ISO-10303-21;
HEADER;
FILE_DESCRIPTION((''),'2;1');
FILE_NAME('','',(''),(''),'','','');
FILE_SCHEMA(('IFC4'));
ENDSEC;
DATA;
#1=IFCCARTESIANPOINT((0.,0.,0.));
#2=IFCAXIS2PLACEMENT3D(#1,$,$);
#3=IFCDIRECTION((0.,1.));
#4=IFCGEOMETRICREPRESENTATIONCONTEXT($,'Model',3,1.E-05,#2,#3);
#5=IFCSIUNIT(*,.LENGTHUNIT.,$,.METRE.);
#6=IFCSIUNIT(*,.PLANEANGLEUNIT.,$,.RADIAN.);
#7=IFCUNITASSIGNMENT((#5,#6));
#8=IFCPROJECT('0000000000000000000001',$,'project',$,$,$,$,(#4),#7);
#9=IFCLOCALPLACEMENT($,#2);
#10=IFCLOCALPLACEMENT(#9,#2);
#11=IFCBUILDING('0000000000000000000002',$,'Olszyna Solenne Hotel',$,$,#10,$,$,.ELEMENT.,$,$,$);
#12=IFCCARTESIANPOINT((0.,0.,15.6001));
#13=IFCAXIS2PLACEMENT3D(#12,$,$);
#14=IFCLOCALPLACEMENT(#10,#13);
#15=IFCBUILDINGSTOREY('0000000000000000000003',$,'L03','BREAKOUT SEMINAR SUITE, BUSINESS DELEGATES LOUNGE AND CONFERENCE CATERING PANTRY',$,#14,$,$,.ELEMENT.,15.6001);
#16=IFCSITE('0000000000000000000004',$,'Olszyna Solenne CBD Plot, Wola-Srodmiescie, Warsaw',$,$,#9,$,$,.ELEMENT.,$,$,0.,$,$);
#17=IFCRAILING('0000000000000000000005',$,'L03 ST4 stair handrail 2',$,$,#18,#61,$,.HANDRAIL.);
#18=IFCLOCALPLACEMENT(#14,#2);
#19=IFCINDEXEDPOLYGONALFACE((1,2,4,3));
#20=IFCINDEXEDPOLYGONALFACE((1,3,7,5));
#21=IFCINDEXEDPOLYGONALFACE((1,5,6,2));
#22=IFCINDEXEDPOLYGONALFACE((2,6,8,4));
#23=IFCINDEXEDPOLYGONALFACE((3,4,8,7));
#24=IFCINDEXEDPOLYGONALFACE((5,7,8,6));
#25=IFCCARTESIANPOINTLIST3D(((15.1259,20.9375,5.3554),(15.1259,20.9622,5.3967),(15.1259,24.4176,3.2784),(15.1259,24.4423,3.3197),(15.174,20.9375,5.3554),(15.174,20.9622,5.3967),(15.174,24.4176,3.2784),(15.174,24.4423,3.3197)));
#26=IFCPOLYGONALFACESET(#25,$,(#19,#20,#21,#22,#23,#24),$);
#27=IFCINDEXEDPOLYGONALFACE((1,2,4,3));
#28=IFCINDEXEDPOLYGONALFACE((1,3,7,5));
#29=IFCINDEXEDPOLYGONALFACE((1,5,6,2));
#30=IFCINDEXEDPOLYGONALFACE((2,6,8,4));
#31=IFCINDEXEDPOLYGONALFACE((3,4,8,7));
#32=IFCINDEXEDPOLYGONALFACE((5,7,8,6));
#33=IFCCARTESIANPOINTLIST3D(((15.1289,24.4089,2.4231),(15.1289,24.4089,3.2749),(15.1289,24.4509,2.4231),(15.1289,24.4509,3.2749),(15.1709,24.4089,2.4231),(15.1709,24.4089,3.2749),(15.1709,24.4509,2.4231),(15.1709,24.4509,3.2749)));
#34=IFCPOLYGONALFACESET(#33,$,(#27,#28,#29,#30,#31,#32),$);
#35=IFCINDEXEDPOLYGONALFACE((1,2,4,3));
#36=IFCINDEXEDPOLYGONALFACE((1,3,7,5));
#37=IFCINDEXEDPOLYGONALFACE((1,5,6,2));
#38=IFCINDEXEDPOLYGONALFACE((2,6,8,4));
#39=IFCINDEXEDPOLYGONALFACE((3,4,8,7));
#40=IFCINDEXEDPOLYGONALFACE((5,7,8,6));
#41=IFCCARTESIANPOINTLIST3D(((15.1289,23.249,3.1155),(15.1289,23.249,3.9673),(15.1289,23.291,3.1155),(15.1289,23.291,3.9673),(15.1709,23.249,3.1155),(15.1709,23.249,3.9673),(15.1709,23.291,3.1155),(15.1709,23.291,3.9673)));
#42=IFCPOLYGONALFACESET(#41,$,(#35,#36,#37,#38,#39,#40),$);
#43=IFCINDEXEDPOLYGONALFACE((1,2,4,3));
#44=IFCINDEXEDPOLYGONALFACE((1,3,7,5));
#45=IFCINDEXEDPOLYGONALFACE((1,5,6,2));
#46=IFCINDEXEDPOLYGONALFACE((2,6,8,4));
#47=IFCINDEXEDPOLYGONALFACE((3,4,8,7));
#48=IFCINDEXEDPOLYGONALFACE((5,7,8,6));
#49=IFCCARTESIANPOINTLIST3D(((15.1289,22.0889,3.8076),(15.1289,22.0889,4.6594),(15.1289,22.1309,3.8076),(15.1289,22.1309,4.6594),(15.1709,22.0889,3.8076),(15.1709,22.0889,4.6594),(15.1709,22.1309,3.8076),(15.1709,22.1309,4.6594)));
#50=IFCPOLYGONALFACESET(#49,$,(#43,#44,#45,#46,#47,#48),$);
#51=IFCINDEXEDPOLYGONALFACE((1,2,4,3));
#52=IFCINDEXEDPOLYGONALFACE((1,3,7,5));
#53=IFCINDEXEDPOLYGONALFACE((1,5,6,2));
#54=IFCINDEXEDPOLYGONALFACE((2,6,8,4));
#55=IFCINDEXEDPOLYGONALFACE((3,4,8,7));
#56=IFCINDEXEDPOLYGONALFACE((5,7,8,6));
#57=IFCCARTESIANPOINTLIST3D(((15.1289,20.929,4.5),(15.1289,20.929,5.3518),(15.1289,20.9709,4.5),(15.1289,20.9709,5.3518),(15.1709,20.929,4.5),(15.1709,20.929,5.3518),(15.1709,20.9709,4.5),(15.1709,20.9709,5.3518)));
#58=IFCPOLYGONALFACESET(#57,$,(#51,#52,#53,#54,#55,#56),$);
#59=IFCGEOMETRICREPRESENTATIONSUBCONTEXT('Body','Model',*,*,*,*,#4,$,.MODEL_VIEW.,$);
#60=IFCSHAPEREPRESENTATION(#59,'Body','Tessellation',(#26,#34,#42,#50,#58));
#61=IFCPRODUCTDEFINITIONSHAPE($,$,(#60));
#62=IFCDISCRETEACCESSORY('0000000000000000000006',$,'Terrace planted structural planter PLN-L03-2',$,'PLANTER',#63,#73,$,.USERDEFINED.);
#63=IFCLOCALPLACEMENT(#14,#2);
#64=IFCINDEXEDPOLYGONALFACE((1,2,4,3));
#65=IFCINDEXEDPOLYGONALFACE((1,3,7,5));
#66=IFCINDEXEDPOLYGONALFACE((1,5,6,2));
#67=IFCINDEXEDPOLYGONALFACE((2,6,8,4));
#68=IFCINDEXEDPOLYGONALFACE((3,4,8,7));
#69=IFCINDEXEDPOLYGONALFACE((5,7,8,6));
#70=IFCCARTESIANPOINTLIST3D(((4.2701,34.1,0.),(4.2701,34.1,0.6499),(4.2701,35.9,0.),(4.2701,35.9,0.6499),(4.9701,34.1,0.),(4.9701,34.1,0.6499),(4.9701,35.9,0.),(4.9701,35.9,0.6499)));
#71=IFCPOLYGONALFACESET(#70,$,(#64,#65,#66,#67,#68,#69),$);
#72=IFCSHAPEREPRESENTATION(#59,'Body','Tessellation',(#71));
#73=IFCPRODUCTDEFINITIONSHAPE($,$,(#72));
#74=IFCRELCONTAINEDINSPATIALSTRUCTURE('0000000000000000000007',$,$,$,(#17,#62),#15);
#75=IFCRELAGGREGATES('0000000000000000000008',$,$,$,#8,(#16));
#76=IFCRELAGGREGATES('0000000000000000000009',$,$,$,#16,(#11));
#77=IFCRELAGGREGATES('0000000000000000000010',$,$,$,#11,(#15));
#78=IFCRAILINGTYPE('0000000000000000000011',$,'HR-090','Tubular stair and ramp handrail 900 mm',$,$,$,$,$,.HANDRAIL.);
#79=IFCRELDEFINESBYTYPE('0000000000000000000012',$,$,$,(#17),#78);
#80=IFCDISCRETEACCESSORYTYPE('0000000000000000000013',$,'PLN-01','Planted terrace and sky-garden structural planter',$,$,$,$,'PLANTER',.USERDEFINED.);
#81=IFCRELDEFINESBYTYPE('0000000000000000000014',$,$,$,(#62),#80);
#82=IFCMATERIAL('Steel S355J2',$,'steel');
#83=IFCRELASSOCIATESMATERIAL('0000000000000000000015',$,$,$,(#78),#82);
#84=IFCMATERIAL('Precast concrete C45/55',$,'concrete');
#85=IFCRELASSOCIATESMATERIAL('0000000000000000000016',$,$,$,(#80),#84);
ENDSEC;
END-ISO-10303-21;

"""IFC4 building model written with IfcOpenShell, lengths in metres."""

from ifc_helpers import new_model, si_unit, direction, frame, origin, origin_2d, place, context, subcontext, project, spatial, rectangle, extrude, source, transform, mapped, material, type_object, element, save


model = new_model("IFC4")

# Units and contexts
model_context = context("Model", 3, precision=1e-05, world=origin(), true_north=direction((0.0, 1.0)))
body_context = subcontext(model_context, "Body", "Model", "MODEL_VIEW")
ifc_project = project(units=[si_unit("LENGTHUNIT", "METRE"), si_unit("PLANEANGLEUNIT", "RADIAN")], contexts=[model_context])

# Site, building, storey
site_placement = place(None, origin())
site = spatial("IfcSite", under=ifc_project, at=site_placement, Name="Olszyna Solenne CBD Plot, Wola-Srodmiescie, Warsaw", CompositionType="ELEMENT", RefElevation=0.0)
building_placement = place(site_placement, origin())
building = spatial("IfcBuilding", under=site, at=building_placement, Name="Olszyna Solenne Hotel", CompositionType="ELEMENT")
storey_placement = place(building_placement, frame((0.0, 0.0, 15.6001)))
storey = spatial("IfcBuildingStorey", under=building, at=storey_placement, Name="L03", Description="BREAKOUT SEMINAR SUITE, BUSINESS DELEGATES LOUNGE AND CONFERENCE CATERING PANTRY", CompositionType="ELEMENT", Elevation=15.6001)

# Shared definitions
ifc_material_1 = material(Name="Steel S355J2", Category="steel")

# Railing
railing_type_1 = type_object("IfcRailingType", Name="HR-090", Description="Tubular stair and ramp handrail 900 mm", PredefinedType="HANDRAIL", material=ifc_material_1)
railing_1_placement = place(storey_placement, frame((15.1499, 24.4299, 2.4231)))
element("IfcRailing", 1, at=railing_1_placement, inside=storey, type_object=railing_type_1, Name="L03 ST4 stair handrail 2", PredefinedType="HANDRAIL", context=body_context, shape_type="SweptSolid", body=[
    extrude(rectangle(XDim=0.0481, YDim=0.0481, at=origin_2d()), frame((0.0, 0.0, 0.876), z_axis=(0.0, -0.858697, 0.512483), x_axis=(1.0, 0.0, 0.0)), (0.0, 0.0, 1.0), 4.0527),
    extrude(rectangle(XDim=0.042, YDim=0.042, at=origin_2d()), origin(), (0.0, 0.0, 1.0), 0.8518),
    extrude(rectangle(XDim=0.042, YDim=0.042, at=origin_2d()), frame((0.0, -1.1599, 0.6924)), (0.0, 0.0, 1.0), 0.8518),
    extrude(rectangle(XDim=0.042, YDim=0.042, at=origin_2d()), frame((0.0, -2.3201, 1.3845)), (0.0, 0.0, 1.0), 0.8518),
    extrude(rectangle(XDim=0.042, YDim=0.042, at=origin_2d()), frame((0.0, -3.48, 2.0769)), (0.0, 0.0, 1.0), 0.8518),
])

# Discrete accessory
ifc_material_2 = material(Name="Precast concrete C45/55", Category="concrete")
discrete_accessory_type = type_object("IfcDiscreteAccessoryType", Name="PLN-01", Description="Planted terrace and sky-garden structural planter", ElementType="PLANTER", PredefinedType="USERDEFINED", material=ifc_material_2)
shared_shape_1 = source(origin(), body_context, "Body", "SweptSolid", [
    extrude(rectangle(XDim=1.8, YDim=0.7, at=origin_2d()), origin(), (0.0, 0.0, 1.0), 0.6499),
])
discrete_accessory_placement = place(storey_placement, frame((4.6201, 35.0, 0.0), z_axis=(0.0, 0.0, 1.0), x_axis=(0.0, 1.0, 0.0)))
element("IfcDiscreteAccessory", 2, at=discrete_accessory_placement, inside=storey, type_object=discrete_accessory_type, Name="Terrace planted structural planter PLN-L03-2", ObjectType="PLANTER", PredefinedType="USERDEFINED", context=body_context, shape_type="MappedRepresentation", body=[
    mapped(shared_shape_1, transform((0.0, 0.0, 0.0), x_axis=(1.0, 0.0, 0.0), y_axis=(0.0, 1.0, 0.0), z_axis=(0.0, 0.0, 1.0), scale=1.0)),
])

save(model, "model.ifc")
